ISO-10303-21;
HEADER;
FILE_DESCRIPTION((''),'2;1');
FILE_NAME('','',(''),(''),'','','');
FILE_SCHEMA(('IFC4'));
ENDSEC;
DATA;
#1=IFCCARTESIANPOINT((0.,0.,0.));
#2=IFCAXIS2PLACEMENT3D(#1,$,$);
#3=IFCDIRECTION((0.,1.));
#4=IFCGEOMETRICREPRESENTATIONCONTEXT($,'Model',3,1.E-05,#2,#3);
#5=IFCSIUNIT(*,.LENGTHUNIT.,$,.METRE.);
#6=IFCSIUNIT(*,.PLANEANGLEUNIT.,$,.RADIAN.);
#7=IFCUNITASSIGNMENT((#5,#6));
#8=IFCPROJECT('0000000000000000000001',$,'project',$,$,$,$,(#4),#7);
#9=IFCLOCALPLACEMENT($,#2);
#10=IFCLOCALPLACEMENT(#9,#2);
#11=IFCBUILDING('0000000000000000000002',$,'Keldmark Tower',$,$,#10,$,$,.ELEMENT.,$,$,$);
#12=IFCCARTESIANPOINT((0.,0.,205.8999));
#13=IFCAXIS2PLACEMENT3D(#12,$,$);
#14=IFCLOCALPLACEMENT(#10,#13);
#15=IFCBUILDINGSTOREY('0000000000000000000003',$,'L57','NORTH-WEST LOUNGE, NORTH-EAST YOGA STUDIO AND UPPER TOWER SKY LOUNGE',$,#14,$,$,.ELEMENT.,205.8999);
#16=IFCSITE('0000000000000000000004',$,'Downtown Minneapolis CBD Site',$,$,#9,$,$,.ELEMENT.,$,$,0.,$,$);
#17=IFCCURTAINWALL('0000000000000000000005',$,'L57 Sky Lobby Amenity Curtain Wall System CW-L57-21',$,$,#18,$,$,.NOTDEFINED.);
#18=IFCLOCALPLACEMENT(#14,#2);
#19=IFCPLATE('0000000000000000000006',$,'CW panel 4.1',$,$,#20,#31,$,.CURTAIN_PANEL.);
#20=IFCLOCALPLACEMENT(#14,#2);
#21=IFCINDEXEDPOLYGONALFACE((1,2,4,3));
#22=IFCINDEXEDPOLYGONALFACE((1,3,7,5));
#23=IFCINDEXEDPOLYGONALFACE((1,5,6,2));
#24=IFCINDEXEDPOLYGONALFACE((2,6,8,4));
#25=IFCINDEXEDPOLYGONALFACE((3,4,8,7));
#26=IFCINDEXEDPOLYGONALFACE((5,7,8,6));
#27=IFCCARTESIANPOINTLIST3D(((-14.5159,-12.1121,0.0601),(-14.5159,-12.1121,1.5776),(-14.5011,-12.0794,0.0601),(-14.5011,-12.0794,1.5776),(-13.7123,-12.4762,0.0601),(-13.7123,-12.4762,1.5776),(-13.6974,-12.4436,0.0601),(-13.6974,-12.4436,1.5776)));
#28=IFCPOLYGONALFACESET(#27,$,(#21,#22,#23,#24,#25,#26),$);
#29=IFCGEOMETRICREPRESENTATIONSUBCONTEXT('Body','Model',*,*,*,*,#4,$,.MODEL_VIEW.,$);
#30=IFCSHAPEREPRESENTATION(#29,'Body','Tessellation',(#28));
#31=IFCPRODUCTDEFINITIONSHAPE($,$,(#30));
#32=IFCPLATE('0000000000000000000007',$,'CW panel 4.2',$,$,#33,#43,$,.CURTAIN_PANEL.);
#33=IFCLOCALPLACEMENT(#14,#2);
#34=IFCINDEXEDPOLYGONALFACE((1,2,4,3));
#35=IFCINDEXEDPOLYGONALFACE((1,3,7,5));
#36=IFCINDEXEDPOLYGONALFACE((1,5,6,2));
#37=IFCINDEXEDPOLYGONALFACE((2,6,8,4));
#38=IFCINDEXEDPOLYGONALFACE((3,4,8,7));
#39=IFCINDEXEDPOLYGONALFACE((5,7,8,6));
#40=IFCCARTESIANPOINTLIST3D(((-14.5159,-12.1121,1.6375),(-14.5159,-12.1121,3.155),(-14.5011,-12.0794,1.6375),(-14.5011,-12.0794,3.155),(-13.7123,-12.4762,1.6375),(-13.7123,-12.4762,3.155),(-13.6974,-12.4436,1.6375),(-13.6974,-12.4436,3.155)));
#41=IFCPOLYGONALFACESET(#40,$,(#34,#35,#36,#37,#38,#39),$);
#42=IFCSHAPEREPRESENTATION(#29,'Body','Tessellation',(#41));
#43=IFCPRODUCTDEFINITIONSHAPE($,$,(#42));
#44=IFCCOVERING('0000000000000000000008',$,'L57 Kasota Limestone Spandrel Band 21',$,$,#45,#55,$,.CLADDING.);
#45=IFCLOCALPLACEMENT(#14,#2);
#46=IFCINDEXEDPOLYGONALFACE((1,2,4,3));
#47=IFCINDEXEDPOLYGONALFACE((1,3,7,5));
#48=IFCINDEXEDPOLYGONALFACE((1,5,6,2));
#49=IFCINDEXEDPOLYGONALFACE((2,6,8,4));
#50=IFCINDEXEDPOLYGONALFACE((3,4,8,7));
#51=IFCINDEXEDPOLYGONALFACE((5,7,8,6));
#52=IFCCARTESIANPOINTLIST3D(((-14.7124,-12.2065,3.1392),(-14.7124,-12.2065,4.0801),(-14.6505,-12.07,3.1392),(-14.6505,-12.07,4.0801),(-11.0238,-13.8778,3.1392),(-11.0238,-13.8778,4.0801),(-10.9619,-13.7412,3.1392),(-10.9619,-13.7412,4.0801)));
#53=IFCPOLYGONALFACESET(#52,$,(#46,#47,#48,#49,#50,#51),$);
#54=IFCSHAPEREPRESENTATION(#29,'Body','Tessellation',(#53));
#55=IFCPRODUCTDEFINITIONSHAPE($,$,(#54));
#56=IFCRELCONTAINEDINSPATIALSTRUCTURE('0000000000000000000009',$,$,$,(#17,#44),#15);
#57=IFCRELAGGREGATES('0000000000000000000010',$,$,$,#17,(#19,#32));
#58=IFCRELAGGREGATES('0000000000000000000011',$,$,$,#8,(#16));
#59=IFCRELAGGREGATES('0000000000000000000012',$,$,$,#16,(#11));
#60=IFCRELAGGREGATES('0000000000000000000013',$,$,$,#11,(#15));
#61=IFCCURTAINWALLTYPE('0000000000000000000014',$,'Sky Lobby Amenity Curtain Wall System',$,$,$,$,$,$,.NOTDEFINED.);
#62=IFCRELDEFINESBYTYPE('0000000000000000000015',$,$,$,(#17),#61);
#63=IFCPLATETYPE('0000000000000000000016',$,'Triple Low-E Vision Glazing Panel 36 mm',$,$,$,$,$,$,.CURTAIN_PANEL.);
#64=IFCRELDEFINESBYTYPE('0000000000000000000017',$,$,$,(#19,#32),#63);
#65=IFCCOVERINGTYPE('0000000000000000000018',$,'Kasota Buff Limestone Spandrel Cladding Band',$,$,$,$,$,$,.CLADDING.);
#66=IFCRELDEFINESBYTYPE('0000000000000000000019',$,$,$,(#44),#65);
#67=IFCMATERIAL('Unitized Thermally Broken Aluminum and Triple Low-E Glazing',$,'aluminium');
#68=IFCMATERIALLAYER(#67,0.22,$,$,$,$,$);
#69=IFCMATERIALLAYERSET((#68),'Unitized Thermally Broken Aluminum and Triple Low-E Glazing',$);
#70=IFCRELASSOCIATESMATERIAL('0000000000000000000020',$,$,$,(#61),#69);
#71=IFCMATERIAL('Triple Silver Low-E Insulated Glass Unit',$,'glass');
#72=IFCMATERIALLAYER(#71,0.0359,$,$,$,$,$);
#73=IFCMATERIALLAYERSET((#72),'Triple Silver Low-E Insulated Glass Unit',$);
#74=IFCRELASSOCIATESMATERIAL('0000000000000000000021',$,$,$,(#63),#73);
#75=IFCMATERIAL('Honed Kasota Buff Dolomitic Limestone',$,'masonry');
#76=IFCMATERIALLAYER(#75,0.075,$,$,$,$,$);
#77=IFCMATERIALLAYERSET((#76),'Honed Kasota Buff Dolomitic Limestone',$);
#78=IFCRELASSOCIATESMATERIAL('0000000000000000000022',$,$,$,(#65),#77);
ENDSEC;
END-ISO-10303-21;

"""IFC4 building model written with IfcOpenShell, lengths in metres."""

from ifc_helpers import new_model, si_unit, direction, frame, origin, origin_2d, place, context, subcontext, project, spatial, rectangle, extrude, material, layer, layer_set, type_object, element, aggregate, save


model = new_model("IFC4")

# Units and contexts
model_context = context("Model", 3, precision=1e-05, world=origin(), true_north=direction((0.0, 1.0)))
body_context = subcontext(model_context, "Body", "Model", "MODEL_VIEW")
ifc_project = project(units=[si_unit("LENGTHUNIT", "METRE"), si_unit("PLANEANGLEUNIT", "RADIAN")], contexts=[model_context])

# Site, building, storey
site_placement = place(None, origin())
site = spatial("IfcSite", under=ifc_project, at=site_placement, Name="Downtown Minneapolis CBD Site", CompositionType="ELEMENT", RefElevation=0.0)
building_placement = place(site_placement, origin())
building = spatial("IfcBuilding", under=site, at=building_placement, Name="Keldmark Tower", CompositionType="ELEMENT")
storey_placement = place(building_placement, frame((0.0, 0.0, 205.8999)))
storey = spatial("IfcBuildingStorey", under=building, at=storey_placement, Name="L57", Description="NORTH-WEST LOUNGE, NORTH-EAST YOGA STUDIO AND UPPER TOWER SKY LOUNGE", CompositionType="ELEMENT", Elevation=205.8999)

# Curtain wall
ifc_material_1 = material(Name="Unitized Thermally Broken Aluminum and Triple Low-E Glazing", Category="aluminium")
ifc_layer_1 = layer(ifc_material_1, 0.22)
ifc_layer_set_1 = layer_set([ifc_layer_1], Name="Unitized Thermally Broken Aluminum and Triple Low-E Glazing")
curtain_wall_type = type_object("IfcCurtainWallType", Name="Sky Lobby Amenity Curtain Wall System", PredefinedType="NOTDEFINED", material=ifc_layer_set_1)
curtain_wall_placement = place(storey_placement, origin())
curtain_wall = element("IfcCurtainWall", 1, at=curtain_wall_placement, inside=storey, type_object=curtain_wall_type, Name="L57 Sky Lobby Amenity Curtain Wall System CW-L57-21", PredefinedType="NOTDEFINED")

# Plates
ifc_material_2 = material(Name="Triple Silver Low-E Insulated Glass Unit", Category="glass")
ifc_layer_2 = layer(ifc_material_2, 0.0359)
ifc_layer_set_2 = layer_set([ifc_layer_2], Name="Triple Silver Low-E Insulated Glass Unit")
plate_type = type_object("IfcPlateType", Name="Triple Low-E Vision Glazing Panel 36 mm", PredefinedType="CURTAIN_PANEL", material=ifc_layer_set_2)
plate_1_placement = place(storey_placement, frame((-14.1067, -12.2778, 0.0601), z_axis=(0.0, 0.0, 1.0), x_axis=(-0.91087, 0.412693, 0.0)))
plate_1 = element("IfcPlate", 2, at=plate_1_placement, type_object=plate_type, Name="CW panel 4.1", PredefinedType="CURTAIN_PANEL", context=body_context, shape_type="SweptSolid", body=[
    extrude(rectangle(XDim=0.8823, YDim=0.0359, at=origin_2d()), origin(), (0.0, 0.0, 1.0), 1.5176),
])
plate_2_placement = place(storey_placement, frame((-14.1067, -12.2778, 1.6375), z_axis=(0.0, 0.0, 1.0), x_axis=(-0.91087, 0.412693, 0.0)))
plate_2 = element("IfcPlate", 3, at=plate_2_placement, type_object=plate_type, Name="CW panel 4.2", PredefinedType="CURTAIN_PANEL", context=body_context, shape_type="SweptSolid", body=[
    extrude(rectangle(XDim=0.8823, YDim=0.0359, at=origin_2d()), origin(), (0.0, 0.0, 1.0), 1.5176),
])
aggregate(curtain_wall, [plate_1, plate_2])

# Covering
ifc_material_3 = material(Name="Honed Kasota Buff Dolomitic Limestone", Category="masonry")
ifc_layer_3 = layer(ifc_material_3, 0.075)
ifc_layer_set_3 = layer_set([ifc_layer_3], Name="Honed Kasota Buff Dolomitic Limestone")
covering_type = type_object("IfcCoveringType", Name="Kasota Buff Limestone Spandrel Cladding Band", PredefinedType="CLADDING", material=ifc_layer_set_3)
covering_placement = place(storey_placement, frame((-12.8372, -12.9739, 3.1392), z_axis=(0.0, 0.0, 1.0), x_axis=(0.910864, -0.412707, 0.0)))
element("IfcCovering", 4, at=covering_placement, inside=storey, type_object=covering_type, Name="L57 Kasota Limestone Spandrel Band 21", PredefinedType="CLADDING", context=body_context, shape_type="SweptSolid", body=[
    extrude(rectangle(XDim=4.0496, YDim=0.1499, at=origin_2d()), origin(), (0.0, 0.0, 1.0), 0.9409),
])

save(model, "model.ifc")
